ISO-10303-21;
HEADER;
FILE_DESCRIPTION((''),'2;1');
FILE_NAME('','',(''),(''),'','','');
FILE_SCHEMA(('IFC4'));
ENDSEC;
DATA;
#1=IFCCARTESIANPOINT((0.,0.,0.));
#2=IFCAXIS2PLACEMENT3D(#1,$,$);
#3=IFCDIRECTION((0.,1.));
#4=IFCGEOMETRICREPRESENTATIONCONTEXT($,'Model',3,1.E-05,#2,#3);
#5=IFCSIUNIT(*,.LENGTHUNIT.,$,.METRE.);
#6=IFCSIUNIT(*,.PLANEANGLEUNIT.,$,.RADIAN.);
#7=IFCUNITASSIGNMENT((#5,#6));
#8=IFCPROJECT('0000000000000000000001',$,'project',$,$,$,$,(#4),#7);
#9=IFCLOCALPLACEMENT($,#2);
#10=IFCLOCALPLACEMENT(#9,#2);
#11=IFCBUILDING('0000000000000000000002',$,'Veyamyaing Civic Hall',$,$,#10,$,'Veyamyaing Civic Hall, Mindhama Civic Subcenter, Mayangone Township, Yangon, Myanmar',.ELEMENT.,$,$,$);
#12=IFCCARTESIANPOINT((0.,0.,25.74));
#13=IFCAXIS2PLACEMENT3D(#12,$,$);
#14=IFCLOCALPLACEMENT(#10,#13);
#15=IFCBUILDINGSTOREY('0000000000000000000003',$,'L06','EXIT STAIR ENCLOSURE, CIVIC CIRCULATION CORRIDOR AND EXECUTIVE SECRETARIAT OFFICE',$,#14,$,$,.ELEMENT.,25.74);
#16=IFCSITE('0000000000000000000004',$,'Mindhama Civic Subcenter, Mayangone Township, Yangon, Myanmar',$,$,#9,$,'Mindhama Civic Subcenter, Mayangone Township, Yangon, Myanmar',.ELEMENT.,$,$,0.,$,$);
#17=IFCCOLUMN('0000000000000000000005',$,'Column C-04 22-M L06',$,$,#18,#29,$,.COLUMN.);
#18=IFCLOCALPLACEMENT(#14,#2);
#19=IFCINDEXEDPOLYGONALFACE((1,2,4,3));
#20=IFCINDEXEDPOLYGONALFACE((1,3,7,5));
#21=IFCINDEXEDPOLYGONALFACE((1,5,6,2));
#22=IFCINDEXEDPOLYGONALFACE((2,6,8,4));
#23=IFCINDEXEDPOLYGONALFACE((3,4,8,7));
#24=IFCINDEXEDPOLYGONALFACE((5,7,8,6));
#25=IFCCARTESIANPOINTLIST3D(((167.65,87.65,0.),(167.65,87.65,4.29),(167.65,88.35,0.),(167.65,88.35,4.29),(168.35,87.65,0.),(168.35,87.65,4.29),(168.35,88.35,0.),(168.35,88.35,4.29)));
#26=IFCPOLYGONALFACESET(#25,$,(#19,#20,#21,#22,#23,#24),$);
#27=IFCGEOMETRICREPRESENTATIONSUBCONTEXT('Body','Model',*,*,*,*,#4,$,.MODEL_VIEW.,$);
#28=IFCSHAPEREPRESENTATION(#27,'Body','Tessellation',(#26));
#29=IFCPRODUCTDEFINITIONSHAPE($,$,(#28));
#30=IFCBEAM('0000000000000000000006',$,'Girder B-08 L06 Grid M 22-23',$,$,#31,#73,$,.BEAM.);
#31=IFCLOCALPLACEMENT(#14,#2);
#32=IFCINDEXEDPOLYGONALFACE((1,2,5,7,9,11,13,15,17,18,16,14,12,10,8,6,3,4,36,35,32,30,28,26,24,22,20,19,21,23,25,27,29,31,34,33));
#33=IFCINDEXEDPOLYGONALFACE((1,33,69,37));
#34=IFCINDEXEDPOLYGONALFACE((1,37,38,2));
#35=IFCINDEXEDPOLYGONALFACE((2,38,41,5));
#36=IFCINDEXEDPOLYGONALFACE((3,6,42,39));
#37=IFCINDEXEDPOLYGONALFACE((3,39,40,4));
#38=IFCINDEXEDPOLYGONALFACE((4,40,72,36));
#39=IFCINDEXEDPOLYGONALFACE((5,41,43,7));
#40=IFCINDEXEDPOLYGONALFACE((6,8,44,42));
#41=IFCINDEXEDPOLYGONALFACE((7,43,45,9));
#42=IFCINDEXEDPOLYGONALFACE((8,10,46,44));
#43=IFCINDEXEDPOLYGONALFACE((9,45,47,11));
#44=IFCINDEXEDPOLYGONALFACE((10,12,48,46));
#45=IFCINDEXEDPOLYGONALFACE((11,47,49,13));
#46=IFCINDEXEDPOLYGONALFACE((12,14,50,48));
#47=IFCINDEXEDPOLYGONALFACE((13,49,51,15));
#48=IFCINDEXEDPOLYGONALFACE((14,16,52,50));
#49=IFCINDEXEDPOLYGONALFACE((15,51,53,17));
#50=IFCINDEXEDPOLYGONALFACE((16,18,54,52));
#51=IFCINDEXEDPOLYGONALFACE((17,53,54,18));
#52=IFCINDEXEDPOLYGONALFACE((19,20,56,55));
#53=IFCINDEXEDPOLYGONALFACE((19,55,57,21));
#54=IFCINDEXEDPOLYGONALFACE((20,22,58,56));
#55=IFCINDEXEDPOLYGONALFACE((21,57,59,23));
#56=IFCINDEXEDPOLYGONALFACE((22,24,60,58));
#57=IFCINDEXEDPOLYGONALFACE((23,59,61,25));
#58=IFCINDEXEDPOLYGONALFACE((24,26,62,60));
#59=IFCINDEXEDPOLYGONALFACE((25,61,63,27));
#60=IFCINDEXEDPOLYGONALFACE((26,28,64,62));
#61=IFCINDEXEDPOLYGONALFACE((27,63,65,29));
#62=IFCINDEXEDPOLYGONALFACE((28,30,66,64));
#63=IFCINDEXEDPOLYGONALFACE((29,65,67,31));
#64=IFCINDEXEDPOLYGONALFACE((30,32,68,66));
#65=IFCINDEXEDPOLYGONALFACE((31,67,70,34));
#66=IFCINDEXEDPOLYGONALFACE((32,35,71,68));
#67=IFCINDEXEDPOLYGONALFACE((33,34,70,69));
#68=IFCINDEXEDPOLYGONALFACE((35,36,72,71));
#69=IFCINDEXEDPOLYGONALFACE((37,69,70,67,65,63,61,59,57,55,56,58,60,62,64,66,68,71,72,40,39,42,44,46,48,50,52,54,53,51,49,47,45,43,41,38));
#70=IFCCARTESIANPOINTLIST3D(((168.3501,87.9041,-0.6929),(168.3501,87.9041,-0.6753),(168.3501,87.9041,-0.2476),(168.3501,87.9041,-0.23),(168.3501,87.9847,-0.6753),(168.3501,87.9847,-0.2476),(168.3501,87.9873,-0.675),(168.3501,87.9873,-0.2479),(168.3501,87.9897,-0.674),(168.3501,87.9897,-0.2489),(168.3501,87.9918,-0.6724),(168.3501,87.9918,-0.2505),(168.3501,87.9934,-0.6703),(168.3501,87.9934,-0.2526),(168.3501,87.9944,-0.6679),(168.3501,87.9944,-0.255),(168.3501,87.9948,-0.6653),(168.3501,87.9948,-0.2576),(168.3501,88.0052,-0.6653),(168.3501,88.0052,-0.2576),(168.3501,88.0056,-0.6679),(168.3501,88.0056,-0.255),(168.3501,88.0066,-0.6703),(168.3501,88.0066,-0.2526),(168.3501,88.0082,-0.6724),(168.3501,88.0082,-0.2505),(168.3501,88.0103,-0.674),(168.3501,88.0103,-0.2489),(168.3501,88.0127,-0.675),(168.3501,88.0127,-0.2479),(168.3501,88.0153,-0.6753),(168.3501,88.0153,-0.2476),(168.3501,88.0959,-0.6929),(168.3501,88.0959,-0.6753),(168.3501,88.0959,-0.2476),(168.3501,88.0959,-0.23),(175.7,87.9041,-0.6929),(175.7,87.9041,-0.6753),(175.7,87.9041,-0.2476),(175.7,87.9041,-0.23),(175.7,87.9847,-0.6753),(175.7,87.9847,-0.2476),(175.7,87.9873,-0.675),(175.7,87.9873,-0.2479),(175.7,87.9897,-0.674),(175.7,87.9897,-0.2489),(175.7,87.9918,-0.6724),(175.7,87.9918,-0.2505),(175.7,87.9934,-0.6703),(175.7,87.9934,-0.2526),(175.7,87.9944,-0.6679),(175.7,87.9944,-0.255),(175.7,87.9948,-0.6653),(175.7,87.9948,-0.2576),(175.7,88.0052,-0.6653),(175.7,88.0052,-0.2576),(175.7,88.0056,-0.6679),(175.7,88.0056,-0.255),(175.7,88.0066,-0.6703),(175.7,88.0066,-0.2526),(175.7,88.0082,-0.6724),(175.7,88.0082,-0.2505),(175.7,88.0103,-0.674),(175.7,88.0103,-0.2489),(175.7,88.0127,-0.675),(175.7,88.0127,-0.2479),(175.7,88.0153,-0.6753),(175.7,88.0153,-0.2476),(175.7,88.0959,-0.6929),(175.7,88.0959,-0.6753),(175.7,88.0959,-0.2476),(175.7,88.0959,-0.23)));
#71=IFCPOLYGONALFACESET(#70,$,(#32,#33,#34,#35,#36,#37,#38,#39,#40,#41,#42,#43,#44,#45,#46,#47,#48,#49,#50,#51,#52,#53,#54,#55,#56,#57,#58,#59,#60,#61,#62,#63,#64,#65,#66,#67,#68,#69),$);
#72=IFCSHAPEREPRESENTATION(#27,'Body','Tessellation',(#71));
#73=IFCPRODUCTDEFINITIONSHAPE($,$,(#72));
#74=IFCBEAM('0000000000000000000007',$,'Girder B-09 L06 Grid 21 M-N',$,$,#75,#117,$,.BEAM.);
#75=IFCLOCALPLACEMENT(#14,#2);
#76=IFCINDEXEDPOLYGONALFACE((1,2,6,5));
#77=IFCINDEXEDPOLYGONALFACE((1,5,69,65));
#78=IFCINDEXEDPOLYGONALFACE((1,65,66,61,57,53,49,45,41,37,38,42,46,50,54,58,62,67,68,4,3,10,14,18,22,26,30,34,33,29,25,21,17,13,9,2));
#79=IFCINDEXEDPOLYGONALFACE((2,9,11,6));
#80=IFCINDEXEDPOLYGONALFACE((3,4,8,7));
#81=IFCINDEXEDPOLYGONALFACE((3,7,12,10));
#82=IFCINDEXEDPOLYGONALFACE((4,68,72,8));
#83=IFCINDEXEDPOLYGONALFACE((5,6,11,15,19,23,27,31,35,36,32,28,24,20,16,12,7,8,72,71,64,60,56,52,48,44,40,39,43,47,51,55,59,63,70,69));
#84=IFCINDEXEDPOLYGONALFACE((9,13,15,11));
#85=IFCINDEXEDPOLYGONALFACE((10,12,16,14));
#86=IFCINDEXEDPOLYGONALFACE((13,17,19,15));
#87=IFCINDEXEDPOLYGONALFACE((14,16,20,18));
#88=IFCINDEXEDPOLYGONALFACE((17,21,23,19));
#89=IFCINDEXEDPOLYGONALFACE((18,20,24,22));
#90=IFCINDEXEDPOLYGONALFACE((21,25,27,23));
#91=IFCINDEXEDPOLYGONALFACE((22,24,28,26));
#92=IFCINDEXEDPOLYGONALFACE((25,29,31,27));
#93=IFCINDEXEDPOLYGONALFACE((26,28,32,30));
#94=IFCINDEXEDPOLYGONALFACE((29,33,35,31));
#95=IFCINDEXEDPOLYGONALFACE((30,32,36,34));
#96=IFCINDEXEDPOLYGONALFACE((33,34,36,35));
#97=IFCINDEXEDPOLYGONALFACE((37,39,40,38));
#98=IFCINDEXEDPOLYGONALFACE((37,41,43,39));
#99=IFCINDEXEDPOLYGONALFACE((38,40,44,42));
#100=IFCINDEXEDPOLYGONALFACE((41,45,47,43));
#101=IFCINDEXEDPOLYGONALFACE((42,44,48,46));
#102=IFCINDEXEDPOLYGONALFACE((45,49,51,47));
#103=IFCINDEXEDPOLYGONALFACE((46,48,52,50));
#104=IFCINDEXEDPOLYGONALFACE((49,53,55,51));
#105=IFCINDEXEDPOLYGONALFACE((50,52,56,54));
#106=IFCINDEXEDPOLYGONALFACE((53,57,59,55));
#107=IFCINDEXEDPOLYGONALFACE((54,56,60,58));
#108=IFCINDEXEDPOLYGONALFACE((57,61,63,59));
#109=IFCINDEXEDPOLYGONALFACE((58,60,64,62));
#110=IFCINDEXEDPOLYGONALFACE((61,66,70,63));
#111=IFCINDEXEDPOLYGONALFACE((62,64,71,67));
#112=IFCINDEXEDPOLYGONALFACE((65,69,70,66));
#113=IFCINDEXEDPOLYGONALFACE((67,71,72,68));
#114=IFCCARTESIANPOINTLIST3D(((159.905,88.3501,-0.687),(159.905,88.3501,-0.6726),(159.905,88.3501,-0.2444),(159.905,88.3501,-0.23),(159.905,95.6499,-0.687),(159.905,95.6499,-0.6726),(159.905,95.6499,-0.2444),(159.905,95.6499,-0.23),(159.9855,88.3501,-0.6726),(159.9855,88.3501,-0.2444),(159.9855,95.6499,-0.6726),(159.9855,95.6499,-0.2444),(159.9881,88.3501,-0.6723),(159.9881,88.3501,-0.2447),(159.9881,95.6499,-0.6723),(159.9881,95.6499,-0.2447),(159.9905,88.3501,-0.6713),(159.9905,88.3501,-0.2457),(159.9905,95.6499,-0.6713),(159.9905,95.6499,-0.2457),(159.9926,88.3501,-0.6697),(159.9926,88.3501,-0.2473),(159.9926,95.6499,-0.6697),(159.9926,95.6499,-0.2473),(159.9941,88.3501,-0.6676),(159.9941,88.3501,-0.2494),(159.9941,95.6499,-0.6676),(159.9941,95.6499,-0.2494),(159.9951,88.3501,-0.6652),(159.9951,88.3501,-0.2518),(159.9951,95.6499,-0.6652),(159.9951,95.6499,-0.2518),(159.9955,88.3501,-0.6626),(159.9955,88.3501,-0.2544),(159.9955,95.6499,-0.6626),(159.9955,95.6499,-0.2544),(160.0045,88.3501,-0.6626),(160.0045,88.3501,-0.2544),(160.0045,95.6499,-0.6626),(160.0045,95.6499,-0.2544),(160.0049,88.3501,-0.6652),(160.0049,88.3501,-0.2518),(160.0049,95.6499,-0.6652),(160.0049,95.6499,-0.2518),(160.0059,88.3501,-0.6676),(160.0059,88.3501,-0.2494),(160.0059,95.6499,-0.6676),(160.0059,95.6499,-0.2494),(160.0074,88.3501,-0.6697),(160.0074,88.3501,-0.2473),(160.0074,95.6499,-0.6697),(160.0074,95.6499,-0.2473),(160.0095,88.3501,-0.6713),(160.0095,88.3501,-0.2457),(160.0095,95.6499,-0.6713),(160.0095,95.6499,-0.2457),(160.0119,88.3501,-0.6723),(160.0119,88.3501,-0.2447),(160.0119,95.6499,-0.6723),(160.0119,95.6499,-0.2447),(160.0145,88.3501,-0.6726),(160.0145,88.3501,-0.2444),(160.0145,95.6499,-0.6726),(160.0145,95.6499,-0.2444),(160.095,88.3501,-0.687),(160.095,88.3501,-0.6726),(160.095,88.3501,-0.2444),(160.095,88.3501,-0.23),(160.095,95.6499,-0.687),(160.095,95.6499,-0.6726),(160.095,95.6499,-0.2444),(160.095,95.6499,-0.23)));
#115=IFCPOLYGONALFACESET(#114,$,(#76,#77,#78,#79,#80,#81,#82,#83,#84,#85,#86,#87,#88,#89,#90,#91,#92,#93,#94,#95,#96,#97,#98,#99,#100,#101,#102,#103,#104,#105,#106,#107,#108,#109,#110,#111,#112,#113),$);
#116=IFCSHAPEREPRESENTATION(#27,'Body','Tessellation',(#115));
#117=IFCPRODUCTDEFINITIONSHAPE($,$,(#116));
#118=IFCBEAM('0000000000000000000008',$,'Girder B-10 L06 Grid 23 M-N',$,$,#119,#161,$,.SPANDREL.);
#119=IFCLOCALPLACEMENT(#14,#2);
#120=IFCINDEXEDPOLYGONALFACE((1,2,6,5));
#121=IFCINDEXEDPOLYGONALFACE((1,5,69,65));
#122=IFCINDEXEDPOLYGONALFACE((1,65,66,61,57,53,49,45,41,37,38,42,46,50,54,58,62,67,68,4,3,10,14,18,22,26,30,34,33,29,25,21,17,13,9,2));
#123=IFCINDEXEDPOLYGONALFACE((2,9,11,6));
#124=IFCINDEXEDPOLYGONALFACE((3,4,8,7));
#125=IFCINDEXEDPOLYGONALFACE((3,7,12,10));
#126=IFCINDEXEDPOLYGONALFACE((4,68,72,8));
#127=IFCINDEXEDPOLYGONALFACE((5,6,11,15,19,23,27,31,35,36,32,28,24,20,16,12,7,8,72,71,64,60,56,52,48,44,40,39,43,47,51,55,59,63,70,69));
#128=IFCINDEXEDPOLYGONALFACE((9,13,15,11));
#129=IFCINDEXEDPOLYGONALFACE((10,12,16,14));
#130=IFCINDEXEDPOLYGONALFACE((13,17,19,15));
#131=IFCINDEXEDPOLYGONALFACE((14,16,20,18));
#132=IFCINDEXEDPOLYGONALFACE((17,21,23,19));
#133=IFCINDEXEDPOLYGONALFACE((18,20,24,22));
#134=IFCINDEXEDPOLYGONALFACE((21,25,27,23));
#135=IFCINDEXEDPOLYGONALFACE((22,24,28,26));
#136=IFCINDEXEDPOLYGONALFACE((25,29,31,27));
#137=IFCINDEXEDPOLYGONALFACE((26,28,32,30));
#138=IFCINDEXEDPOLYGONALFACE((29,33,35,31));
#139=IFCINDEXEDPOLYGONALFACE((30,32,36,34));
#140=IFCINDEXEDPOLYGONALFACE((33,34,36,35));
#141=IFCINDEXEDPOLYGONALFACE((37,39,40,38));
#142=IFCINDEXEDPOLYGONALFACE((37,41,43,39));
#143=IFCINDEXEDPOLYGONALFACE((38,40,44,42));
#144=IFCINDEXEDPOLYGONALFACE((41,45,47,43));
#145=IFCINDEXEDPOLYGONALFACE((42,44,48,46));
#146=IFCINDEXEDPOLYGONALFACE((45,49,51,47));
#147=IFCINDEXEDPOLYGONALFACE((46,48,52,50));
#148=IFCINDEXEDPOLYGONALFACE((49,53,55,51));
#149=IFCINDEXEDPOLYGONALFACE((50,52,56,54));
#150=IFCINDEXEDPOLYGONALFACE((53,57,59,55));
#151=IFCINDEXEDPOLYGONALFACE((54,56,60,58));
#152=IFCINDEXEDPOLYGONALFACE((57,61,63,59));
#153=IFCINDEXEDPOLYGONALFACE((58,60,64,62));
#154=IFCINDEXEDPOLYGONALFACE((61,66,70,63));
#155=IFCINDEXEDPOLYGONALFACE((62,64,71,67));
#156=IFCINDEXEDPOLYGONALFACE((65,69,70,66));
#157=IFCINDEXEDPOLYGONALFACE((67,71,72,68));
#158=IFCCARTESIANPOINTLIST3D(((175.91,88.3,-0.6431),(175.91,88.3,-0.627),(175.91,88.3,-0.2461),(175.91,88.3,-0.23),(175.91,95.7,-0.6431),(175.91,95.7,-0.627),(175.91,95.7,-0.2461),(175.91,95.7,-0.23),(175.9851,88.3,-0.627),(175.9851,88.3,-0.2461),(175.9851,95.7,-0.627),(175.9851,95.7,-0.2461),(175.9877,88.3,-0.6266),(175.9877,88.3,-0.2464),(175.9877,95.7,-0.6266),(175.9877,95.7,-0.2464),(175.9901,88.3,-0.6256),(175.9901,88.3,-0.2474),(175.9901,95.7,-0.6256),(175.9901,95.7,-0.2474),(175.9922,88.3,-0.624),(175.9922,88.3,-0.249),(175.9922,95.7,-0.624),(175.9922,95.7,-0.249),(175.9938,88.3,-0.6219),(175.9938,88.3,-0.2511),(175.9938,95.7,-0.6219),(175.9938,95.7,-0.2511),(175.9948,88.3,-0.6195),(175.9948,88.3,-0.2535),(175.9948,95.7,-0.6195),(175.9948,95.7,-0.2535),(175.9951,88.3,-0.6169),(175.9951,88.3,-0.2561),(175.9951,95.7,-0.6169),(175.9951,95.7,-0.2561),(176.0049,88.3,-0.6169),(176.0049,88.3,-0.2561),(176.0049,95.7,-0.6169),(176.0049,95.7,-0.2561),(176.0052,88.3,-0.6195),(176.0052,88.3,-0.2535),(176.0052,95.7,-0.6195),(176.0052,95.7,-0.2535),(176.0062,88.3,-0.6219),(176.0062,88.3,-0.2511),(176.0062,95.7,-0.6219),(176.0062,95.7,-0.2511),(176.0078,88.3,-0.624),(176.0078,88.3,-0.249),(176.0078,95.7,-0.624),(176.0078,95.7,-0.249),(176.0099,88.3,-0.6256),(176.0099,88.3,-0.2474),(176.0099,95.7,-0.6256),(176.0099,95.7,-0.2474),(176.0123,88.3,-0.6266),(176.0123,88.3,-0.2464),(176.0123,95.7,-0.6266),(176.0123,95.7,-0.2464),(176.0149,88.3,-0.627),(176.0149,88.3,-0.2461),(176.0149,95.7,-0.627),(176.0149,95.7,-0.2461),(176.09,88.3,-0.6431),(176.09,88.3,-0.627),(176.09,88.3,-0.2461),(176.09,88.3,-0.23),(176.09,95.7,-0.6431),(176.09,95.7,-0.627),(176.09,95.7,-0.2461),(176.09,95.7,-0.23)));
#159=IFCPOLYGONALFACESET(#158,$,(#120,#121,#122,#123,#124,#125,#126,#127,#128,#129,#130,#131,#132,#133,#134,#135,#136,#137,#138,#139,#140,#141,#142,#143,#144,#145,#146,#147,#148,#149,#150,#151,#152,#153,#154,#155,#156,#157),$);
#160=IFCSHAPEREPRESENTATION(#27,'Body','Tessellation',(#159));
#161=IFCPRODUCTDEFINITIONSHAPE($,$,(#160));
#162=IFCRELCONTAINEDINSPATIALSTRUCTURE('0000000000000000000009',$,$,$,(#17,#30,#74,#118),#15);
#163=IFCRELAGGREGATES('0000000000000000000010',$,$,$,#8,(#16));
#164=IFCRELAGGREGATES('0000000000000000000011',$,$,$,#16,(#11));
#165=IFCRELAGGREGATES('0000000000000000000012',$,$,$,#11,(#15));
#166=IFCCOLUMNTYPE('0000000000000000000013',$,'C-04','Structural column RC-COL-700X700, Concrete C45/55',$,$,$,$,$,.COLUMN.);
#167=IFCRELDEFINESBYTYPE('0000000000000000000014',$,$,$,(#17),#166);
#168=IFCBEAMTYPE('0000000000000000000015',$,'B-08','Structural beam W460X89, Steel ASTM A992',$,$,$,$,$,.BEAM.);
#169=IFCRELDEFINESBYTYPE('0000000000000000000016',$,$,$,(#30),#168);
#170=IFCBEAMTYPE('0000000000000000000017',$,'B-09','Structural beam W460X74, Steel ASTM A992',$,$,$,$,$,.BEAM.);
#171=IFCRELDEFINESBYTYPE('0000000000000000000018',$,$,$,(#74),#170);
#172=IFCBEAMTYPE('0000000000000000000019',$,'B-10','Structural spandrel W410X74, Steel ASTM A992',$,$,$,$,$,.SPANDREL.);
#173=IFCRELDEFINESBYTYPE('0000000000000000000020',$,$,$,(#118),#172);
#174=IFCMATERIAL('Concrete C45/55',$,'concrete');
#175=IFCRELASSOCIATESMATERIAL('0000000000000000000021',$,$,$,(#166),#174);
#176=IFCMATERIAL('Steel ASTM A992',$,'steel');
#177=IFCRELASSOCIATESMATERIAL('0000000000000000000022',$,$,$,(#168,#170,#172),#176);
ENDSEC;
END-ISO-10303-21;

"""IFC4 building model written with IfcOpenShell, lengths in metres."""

from ifc_helpers import new_model, si_unit, direction, frame, origin, origin_2d, place, context, subcontext, project, spatial, rectangle, i_section, extrude, material, material_profile, profile_set, type_object, element, save


model = new_model("IFC4")

# Units and contexts
model_context = context("Model", 3, precision=1e-05, world=origin(), true_north=direction((0.0, 1.0)))
body_context = subcontext(model_context, "Body", "Model", "MODEL_VIEW")
ifc_project = project(units=[si_unit("LENGTHUNIT", "METRE"), si_unit("PLANEANGLEUNIT", "RADIAN")], contexts=[model_context])

# Site, building, storey
site_placement = place(None, origin())
site = spatial("IfcSite", under=ifc_project, at=site_placement, Name="Mindhama Civic Subcenter, Mayangone Township, Yangon, Myanmar", LongName="Mindhama Civic Subcenter, Mayangone Township, Yangon, Myanmar", CompositionType="ELEMENT", RefElevation=0.0)
building_placement = place(site_placement, origin())
building = spatial("IfcBuilding", under=site, at=building_placement, Name="Veyamyaing Civic Hall", LongName="Veyamyaing Civic Hall, Mindhama Civic Subcenter, Mayangone Township, Yangon, Myanmar", CompositionType="ELEMENT")
storey_placement = place(building_placement, frame((0.0, 0.0, 25.74)))
storey = spatial("IfcBuildingStorey", under=building, at=storey_placement, Name="L06", Description="EXIT STAIR ENCLOSURE, CIVIC CIRCULATION CORRIDOR AND EXECUTIVE SECRETARIAT OFFICE", CompositionType="ELEMENT", Elevation=25.74)

# Column
ifc_material_1 = material(Name="Concrete C45/55", Category="concrete")
ifc_material_profile_1 = material_profile(ifc_material_1, rectangle(XDim=0.7, YDim=0.7, at=origin_2d()), Name="RC-COL-700X700")
ifc_profile_set_1 = profile_set([ifc_material_profile_1], Name="Concrete C45/55")
column_type = type_object("IfcColumnType", Name="C-04", Description="Structural column RC-COL-700X700, Concrete C45/55", PredefinedType="COLUMN", material=ifc_profile_set_1)
column_placement = place(storey_placement, frame((168.0, 88.0, 0.0), z_axis=(0.0, 0.0, 1.0), x_axis=(1.0, 0.0, 0.0)))
element("IfcColumn", 1, at=column_placement, inside=storey, type_object=column_type, Name="Column C-04 22-M L06", PredefinedType="COLUMN", context=body_context, shape_type="SweptSolid", body=[
    extrude(rectangle(XDim=0.7, YDim=0.7, at=origin_2d()), origin(), (0.0, 0.0, 1.0), 4.29),
])

# Beams
ifc_material_2 = material(Name="Steel ASTM A992", Category="steel")
ifc_material_profile_2 = material_profile(ifc_material_2, i_section(OverallWidth=0.1919, OverallDepth=0.4629, WebThickness=0.0105, FlangeThickness=0.0176, FilletRadius=0.01, at=origin_2d()), Name="W460X89")
ifc_profile_set_2 = profile_set([ifc_material_profile_2], Name="Steel ASTM A992")
beam_type_1 = type_object("IfcBeamType", Name="B-08", Description="Structural beam W460X89, Steel ASTM A992", PredefinedType="BEAM", material=ifc_profile_set_2)
beam_1_placement = place(storey_placement, frame((168.3501, 88.0, -0.4614), z_axis=(1.0, 0.0, 0.0), x_axis=(0.0, 1.0, 0.0)))
element("IfcBeam", 2, at=beam_1_placement, inside=storey, type_object=beam_type_1, Name="Girder B-08 L06 Grid M 22-23", PredefinedType="BEAM", context=body_context, shape_type="SweptSolid", body=[
    extrude(i_section(OverallWidth=0.1919, OverallDepth=0.4629, WebThickness=0.0105, FlangeThickness=0.0176, FilletRadius=0.01, at=origin_2d()), origin(), (0.0, 0.0, 1.0), 7.3499),
])
ifc_material_profile_3 = material_profile(ifc_material_2, i_section(OverallWidth=0.1899, OverallDepth=0.457, WebThickness=0.009, FlangeThickness=0.0144, FilletRadius=0.01, at=origin_2d()), Name="W460X74")
ifc_profile_set_3 = profile_set([ifc_material_profile_3], Name="Steel ASTM A992")
beam_type_2 = type_object("IfcBeamType", Name="B-09", Description="Structural beam W460X74, Steel ASTM A992", PredefinedType="BEAM", material=ifc_profile_set_3)
beam_2_placement = place(storey_placement, frame((160.0, 88.3501, -0.4585), z_axis=(0.0, 1.0, 0.0), x_axis=(-1.0, 0.0, 0.0)))
element("IfcBeam", 3, at=beam_2_placement, inside=storey, type_object=beam_type_2, Name="Girder B-09 L06 Grid 21 M-N", PredefinedType="BEAM", context=body_context, shape_type="SweptSolid", body=[
    extrude(i_section(OverallWidth=0.1899, OverallDepth=0.457, WebThickness=0.009, FlangeThickness=0.0144, FilletRadius=0.01, at=origin_2d()), origin(), (0.0, 0.0, 1.0), 7.2998),
])
ifc_material_profile_4 = material_profile(ifc_material_2, i_section(OverallWidth=0.1799, OverallDepth=0.4131, WebThickness=0.0098, FlangeThickness=0.0161, FilletRadius=0.01, at=origin_2d()), Name="W410X74")
ifc_profile_set_4 = profile_set([ifc_material_profile_4], Name="Steel ASTM A992")
beam_type_3 = type_object("IfcBeamType", Name="B-10", Description="Structural spandrel W410X74, Steel ASTM A992", PredefinedType="SPANDREL", material=ifc_profile_set_4)
beam_3_placement = place(storey_placement, frame((176.0, 88.3, -0.4365), z_axis=(0.0, 1.0, 0.0), x_axis=(-1.0, 0.0, 0.0)))
element("IfcBeam", 4, at=beam_3_placement, inside=storey, type_object=beam_type_3, Name="Girder B-10 L06 Grid 23 M-N", PredefinedType="SPANDREL", context=body_context, shape_type="SweptSolid", body=[
    extrude(i_section(OverallWidth=0.1799, OverallDepth=0.4131, WebThickness=0.0098, FlangeThickness=0.0161, FilletRadius=0.01, at=origin_2d()), origin(), (0.0, 0.0, 1.0), 7.3999),
])

save(model, "model.ifc")
